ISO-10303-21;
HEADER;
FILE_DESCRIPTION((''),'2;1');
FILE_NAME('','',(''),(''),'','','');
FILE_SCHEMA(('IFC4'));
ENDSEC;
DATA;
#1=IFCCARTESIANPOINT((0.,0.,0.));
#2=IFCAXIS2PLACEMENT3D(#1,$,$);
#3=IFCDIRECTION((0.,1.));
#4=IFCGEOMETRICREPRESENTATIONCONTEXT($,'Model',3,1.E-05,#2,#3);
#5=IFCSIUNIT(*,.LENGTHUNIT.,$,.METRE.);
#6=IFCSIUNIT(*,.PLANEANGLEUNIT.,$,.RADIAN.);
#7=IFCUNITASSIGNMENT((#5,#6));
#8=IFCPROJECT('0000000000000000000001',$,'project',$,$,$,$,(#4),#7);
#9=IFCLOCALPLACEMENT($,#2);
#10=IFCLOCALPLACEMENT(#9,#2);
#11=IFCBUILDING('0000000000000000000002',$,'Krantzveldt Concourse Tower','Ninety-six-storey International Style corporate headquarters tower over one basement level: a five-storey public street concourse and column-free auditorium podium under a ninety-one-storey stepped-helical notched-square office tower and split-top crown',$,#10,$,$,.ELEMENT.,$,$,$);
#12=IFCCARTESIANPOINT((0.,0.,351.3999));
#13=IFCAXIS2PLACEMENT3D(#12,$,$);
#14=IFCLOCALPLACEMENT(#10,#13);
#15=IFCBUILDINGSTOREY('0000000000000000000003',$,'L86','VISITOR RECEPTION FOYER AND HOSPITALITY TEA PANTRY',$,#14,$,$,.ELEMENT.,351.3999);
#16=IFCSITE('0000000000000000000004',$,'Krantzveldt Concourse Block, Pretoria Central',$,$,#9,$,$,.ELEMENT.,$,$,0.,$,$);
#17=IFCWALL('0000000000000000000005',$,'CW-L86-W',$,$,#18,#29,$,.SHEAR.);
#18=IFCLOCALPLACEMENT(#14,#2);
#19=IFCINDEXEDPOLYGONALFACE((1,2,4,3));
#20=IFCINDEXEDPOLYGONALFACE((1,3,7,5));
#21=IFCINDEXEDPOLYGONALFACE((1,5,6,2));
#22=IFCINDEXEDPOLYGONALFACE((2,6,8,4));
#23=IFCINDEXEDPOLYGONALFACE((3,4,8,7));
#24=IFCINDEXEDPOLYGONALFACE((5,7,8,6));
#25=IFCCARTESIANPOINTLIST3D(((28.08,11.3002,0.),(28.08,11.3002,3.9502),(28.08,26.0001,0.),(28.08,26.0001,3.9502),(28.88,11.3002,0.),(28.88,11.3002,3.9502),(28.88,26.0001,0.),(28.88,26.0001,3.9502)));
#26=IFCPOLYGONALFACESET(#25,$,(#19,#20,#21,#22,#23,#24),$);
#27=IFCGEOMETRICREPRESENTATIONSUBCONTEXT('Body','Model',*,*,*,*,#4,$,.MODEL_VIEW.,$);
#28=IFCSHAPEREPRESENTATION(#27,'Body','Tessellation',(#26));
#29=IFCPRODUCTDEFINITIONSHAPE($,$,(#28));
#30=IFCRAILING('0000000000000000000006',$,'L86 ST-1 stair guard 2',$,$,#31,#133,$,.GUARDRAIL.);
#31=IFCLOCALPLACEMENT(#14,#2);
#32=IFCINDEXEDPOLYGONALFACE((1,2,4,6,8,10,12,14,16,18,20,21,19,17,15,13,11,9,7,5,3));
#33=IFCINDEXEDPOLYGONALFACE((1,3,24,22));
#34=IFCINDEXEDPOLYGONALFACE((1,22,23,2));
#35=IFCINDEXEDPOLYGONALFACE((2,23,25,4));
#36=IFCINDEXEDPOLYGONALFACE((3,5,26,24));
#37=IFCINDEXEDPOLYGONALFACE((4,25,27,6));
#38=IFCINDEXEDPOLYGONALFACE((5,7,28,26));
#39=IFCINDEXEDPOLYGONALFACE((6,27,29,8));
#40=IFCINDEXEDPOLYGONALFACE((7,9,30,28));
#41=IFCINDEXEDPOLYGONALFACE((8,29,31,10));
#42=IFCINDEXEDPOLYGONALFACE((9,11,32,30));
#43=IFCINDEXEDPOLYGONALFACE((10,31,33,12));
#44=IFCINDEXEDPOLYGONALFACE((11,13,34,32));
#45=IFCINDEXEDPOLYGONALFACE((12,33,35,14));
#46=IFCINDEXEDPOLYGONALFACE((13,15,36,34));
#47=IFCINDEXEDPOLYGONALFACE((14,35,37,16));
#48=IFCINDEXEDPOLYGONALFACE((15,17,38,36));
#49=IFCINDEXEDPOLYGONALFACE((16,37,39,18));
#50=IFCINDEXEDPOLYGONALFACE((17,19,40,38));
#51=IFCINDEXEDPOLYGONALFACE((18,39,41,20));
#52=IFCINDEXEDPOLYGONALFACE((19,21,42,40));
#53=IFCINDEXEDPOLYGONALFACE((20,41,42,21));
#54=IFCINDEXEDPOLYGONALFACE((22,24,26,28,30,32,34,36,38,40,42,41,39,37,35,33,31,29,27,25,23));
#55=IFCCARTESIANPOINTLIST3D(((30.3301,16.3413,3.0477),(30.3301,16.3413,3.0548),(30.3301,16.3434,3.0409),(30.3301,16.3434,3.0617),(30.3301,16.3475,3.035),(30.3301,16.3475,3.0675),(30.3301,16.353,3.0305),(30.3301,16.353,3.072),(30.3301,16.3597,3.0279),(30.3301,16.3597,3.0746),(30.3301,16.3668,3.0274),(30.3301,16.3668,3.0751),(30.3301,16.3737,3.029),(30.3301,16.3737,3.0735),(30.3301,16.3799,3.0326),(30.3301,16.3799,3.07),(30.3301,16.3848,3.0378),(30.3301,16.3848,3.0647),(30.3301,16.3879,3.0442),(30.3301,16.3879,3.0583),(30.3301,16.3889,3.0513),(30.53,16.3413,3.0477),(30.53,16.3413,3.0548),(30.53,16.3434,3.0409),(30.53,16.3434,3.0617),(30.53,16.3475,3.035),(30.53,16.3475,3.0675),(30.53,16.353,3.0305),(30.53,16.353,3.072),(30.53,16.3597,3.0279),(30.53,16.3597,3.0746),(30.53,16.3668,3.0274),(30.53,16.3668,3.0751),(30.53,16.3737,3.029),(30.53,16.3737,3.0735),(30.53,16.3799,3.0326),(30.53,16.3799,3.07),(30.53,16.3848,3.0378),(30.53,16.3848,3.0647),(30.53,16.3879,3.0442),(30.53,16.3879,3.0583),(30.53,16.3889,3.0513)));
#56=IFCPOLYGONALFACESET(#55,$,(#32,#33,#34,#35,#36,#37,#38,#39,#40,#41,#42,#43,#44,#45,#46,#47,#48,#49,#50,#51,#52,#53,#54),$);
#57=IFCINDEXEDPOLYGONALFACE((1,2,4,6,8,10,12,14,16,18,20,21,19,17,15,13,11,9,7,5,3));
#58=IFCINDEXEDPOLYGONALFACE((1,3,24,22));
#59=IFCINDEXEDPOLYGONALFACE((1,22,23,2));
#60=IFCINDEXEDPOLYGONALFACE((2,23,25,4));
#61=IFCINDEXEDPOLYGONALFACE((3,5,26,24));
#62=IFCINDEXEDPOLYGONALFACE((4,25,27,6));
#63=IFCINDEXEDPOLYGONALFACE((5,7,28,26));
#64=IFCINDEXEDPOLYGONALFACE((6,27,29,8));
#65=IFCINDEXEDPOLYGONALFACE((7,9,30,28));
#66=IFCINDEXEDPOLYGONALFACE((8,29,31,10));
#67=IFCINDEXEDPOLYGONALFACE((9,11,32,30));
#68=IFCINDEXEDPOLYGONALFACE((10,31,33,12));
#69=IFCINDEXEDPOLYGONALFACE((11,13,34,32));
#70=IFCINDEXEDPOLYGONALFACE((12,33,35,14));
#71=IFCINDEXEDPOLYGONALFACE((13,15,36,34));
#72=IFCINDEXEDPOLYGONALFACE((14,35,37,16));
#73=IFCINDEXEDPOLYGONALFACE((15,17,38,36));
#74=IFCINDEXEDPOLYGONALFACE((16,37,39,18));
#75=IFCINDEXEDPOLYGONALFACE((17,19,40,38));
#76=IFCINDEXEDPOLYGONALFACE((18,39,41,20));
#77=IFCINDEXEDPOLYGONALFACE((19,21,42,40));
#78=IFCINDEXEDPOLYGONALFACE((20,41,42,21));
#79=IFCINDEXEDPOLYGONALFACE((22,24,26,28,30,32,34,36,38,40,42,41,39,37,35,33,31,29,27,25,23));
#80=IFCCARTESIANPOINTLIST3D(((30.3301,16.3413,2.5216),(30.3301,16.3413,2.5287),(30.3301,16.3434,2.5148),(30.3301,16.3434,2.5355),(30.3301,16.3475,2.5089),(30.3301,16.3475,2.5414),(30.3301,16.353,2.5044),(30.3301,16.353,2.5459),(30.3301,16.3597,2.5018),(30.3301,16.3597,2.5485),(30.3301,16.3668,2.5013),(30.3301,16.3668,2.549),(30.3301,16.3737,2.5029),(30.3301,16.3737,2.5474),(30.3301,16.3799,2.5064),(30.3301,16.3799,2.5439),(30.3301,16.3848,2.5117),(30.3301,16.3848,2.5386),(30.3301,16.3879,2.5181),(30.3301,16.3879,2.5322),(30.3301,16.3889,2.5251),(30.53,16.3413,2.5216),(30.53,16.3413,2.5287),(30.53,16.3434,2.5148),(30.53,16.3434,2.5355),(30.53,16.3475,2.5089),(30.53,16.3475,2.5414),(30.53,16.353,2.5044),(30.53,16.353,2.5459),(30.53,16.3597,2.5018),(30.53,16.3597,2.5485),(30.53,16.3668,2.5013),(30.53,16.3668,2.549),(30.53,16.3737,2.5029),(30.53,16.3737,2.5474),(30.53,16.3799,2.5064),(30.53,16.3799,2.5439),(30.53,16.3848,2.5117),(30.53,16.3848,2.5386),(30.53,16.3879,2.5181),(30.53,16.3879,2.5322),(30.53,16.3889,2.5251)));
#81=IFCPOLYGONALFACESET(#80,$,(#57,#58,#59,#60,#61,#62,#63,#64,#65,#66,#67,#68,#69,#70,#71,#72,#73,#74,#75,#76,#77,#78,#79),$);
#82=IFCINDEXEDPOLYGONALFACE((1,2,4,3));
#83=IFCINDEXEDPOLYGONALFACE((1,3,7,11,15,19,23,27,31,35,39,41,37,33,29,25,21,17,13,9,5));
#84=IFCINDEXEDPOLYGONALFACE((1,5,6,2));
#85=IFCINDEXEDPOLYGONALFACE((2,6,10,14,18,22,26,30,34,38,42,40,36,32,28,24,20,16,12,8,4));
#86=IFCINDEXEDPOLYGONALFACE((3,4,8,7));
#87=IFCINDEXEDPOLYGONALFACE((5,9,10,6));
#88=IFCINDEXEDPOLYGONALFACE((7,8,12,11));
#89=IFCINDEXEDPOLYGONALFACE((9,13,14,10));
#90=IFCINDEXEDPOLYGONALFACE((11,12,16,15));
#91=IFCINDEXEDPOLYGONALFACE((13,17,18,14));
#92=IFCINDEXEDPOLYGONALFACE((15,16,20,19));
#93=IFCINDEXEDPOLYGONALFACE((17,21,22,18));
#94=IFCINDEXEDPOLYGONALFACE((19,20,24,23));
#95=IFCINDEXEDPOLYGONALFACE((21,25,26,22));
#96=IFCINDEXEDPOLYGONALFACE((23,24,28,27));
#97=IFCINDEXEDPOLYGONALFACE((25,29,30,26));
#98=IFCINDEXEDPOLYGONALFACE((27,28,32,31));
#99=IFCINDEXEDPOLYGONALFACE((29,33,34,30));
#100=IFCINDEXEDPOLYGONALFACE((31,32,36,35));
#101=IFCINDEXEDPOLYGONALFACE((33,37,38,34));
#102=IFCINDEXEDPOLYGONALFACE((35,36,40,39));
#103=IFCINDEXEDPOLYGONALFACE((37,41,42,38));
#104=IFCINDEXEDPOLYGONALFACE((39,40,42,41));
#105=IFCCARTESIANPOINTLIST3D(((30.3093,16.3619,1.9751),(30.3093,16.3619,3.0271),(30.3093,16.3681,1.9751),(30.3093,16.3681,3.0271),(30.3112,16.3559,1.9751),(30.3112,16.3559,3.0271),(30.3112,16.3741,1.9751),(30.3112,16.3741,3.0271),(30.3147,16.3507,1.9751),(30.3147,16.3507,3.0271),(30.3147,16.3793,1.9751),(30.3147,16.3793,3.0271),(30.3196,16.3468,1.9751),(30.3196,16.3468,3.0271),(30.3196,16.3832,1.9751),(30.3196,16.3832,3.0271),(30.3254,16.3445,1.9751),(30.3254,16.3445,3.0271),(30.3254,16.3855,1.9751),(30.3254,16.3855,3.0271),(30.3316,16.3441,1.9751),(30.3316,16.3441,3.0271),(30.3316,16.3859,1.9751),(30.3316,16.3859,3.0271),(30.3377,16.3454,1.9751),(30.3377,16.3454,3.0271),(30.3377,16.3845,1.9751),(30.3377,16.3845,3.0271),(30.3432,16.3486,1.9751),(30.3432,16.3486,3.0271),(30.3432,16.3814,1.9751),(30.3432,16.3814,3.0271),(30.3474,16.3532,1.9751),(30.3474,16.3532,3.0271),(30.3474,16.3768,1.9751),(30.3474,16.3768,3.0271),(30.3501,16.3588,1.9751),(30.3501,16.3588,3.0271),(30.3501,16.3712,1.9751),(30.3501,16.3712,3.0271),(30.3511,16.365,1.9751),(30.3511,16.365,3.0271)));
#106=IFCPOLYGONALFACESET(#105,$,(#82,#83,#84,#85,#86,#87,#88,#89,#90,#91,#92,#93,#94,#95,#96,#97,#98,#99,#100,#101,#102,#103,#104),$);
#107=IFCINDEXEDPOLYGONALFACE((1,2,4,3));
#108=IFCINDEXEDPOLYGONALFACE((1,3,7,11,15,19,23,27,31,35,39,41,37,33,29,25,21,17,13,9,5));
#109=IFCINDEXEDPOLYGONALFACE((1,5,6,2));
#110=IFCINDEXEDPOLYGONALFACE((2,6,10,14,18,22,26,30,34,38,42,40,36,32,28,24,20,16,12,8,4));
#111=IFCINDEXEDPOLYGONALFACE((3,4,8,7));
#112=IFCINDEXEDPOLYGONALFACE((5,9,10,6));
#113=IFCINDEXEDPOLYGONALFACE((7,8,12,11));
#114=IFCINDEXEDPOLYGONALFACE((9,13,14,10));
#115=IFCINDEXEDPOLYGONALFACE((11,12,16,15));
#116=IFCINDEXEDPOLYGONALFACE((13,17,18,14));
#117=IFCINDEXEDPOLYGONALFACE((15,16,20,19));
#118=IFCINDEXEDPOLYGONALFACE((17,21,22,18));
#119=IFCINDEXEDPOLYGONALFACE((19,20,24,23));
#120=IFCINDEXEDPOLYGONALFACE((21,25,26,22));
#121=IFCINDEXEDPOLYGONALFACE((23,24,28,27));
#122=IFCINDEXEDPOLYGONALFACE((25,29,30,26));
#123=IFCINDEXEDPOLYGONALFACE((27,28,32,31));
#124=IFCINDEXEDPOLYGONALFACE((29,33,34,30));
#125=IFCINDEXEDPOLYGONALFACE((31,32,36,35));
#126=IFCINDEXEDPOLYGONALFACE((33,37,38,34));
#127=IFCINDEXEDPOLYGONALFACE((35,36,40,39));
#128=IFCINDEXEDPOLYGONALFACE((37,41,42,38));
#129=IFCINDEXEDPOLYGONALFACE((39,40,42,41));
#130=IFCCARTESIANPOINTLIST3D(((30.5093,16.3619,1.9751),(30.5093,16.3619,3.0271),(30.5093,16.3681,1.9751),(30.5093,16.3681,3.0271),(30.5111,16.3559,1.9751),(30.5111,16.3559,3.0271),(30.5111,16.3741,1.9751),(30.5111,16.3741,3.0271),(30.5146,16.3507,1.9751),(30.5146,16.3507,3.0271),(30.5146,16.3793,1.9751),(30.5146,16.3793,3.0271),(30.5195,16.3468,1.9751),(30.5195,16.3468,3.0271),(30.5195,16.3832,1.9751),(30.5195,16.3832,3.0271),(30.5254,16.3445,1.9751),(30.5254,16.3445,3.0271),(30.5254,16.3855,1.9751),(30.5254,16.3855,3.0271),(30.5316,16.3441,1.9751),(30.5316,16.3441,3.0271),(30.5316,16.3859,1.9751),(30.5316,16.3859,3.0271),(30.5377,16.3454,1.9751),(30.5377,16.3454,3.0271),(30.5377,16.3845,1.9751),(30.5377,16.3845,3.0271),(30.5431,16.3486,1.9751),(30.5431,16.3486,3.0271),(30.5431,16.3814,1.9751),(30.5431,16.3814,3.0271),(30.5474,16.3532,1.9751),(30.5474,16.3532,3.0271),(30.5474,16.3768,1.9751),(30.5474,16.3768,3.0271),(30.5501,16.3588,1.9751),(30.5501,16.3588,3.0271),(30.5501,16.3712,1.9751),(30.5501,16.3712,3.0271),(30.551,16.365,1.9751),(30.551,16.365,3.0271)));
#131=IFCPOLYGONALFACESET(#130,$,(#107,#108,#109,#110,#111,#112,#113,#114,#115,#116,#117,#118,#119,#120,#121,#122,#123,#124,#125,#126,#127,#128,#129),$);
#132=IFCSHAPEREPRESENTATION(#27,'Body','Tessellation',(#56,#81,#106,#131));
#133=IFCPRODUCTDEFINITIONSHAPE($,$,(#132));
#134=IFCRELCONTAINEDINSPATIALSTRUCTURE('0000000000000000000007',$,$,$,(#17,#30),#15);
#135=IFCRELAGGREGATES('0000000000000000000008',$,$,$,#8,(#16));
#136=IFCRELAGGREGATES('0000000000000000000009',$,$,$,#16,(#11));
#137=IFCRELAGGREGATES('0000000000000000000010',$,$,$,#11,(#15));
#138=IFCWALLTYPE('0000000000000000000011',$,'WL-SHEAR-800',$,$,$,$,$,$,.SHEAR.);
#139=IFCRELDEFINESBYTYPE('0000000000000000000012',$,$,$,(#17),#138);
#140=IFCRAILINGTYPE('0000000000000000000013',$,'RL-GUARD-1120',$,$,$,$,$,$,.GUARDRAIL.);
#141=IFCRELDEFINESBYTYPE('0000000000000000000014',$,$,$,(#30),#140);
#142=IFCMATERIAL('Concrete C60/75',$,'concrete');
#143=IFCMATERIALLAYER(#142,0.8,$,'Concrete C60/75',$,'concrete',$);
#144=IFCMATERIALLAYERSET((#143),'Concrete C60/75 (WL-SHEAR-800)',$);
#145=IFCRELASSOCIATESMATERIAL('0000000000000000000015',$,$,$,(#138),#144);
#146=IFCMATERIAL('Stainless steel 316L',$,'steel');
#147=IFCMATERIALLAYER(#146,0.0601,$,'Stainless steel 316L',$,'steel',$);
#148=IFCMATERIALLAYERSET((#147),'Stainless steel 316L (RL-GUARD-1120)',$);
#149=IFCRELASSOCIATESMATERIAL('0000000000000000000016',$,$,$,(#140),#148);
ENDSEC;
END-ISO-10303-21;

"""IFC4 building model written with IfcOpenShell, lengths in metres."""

from ifc_helpers import new_model, si_unit, direction, frame, frame_2d, origin, origin_2d, place, context, subcontext, project, spatial, rectangle, circle, extrude, material, layer, layer_set, type_object, element, save


model = new_model("IFC4")

# Units and contexts
model_context = context("Model", 3, precision=1e-05, world=origin(), true_north=direction((0.0, 1.0)))
body_context = subcontext(model_context, "Body", "Model", "MODEL_VIEW")
ifc_project = project(units=[si_unit("LENGTHUNIT", "METRE"), si_unit("PLANEANGLEUNIT", "RADIAN")], contexts=[model_context])

# Site, building, storey
site_placement = place(None, origin())
site = spatial("IfcSite", under=ifc_project, at=site_placement, Name="Krantzveldt Concourse Block, Pretoria Central", CompositionType="ELEMENT", RefElevation=0.0)
building_placement = place(site_placement, origin())
building = spatial("IfcBuilding", under=site, at=building_placement, Name="Krantzveldt Concourse Tower", Description="Ninety-six-storey International Style corporate headquarters tower over one basement level: a five-storey public street concourse and column-free auditorium podium under a ninety-one-storey stepped-helical notched-square office tower and split-top crown", CompositionType="ELEMENT")
storey_placement = place(building_placement, frame((0.0, 0.0, 351.3999)))
storey = spatial("IfcBuildingStorey", under=building, at=storey_placement, Name="L86", Description="VISITOR RECEPTION FOYER AND HOSPITALITY TEA PANTRY", CompositionType="ELEMENT", Elevation=351.3999)

# Shared definitions
ifc_material_1 = material(Name="Stainless steel 316L", Category="steel")

# Wall
ifc_material_2 = material(Name="Concrete C60/75", Category="concrete")
ifc_layer_1 = layer(ifc_material_2, 0.8, Name="Concrete C60/75", Category="concrete")
ifc_layer_set_1 = layer_set([ifc_layer_1], Name="Concrete C60/75 (WL-SHEAR-800)")
wall_type_1 = type_object("IfcWallType", Name="WL-SHEAR-800", PredefinedType="SHEAR", material=ifc_layer_set_1)
wall_1_placement = place(storey_placement, frame((28.48, 11.3, 0.0), z_axis=(0.0, 0.0, 1.0), x_axis=(0.0, 1.0, 0.0)))
element("IfcWall", 1, at=wall_1_placement, inside=storey, type_object=wall_type_1, Name="CW-L86-W", PredefinedType="SHEAR", context=body_context, shape_type="SweptSolid", body=[
    extrude(rectangle(XDim=14.7, YDim=0.8, at=frame_2d((7.3501, 0.0))), origin(), (0.0, 0.0, 1.0), 3.9502),
])

# Railing
ifc_layer_2 = layer(ifc_material_1, 0.0601, Name="Stainless steel 316L", Category="steel")
ifc_layer_set_2 = layer_set([ifc_layer_2], Name="Stainless steel 316L (RL-GUARD-1120)")
railing_type = type_object("IfcRailingType", Name="RL-GUARD-1120", PredefinedType="GUARDRAIL", material=ifc_layer_set_2)
railing_placement = place(storey_placement, frame((30.3301, 16.365, 1.9751)))
element("IfcRailing", 2, at=railing_placement, inside=storey, type_object=railing_type, Name="L86 ST-1 stair guard 2", PredefinedType="GUARDRAIL", context=body_context, shape_type="SweptSolid", body=[
    extrude(circle(Radius=0.0239, at=origin_2d()), frame((0.0, 0.0, 1.0762), z_axis=(1.0, 0.0, 0.0), x_axis=(0.0, 1.0, 0.0)), (0.0, 0.0, 1.0), 0.2),
    extrude(circle(Radius=0.0239, at=origin_2d()), frame((0.0, 0.0, 0.55), z_axis=(1.0, 0.0, 0.0), x_axis=(0.0, 1.0, 0.0)), (0.0, 0.0, 1.0), 0.2),
    extrude(circle(Radius=0.021, at=origin_2d()), origin(), (0.0, 0.0, 1.0), 1.052),
    extrude(circle(Radius=0.021, at=origin_2d()), frame((0.2, 0.0, 0.0)), (0.0, 0.0, 1.0), 1.052),
])

save(model, "model.ifc")
